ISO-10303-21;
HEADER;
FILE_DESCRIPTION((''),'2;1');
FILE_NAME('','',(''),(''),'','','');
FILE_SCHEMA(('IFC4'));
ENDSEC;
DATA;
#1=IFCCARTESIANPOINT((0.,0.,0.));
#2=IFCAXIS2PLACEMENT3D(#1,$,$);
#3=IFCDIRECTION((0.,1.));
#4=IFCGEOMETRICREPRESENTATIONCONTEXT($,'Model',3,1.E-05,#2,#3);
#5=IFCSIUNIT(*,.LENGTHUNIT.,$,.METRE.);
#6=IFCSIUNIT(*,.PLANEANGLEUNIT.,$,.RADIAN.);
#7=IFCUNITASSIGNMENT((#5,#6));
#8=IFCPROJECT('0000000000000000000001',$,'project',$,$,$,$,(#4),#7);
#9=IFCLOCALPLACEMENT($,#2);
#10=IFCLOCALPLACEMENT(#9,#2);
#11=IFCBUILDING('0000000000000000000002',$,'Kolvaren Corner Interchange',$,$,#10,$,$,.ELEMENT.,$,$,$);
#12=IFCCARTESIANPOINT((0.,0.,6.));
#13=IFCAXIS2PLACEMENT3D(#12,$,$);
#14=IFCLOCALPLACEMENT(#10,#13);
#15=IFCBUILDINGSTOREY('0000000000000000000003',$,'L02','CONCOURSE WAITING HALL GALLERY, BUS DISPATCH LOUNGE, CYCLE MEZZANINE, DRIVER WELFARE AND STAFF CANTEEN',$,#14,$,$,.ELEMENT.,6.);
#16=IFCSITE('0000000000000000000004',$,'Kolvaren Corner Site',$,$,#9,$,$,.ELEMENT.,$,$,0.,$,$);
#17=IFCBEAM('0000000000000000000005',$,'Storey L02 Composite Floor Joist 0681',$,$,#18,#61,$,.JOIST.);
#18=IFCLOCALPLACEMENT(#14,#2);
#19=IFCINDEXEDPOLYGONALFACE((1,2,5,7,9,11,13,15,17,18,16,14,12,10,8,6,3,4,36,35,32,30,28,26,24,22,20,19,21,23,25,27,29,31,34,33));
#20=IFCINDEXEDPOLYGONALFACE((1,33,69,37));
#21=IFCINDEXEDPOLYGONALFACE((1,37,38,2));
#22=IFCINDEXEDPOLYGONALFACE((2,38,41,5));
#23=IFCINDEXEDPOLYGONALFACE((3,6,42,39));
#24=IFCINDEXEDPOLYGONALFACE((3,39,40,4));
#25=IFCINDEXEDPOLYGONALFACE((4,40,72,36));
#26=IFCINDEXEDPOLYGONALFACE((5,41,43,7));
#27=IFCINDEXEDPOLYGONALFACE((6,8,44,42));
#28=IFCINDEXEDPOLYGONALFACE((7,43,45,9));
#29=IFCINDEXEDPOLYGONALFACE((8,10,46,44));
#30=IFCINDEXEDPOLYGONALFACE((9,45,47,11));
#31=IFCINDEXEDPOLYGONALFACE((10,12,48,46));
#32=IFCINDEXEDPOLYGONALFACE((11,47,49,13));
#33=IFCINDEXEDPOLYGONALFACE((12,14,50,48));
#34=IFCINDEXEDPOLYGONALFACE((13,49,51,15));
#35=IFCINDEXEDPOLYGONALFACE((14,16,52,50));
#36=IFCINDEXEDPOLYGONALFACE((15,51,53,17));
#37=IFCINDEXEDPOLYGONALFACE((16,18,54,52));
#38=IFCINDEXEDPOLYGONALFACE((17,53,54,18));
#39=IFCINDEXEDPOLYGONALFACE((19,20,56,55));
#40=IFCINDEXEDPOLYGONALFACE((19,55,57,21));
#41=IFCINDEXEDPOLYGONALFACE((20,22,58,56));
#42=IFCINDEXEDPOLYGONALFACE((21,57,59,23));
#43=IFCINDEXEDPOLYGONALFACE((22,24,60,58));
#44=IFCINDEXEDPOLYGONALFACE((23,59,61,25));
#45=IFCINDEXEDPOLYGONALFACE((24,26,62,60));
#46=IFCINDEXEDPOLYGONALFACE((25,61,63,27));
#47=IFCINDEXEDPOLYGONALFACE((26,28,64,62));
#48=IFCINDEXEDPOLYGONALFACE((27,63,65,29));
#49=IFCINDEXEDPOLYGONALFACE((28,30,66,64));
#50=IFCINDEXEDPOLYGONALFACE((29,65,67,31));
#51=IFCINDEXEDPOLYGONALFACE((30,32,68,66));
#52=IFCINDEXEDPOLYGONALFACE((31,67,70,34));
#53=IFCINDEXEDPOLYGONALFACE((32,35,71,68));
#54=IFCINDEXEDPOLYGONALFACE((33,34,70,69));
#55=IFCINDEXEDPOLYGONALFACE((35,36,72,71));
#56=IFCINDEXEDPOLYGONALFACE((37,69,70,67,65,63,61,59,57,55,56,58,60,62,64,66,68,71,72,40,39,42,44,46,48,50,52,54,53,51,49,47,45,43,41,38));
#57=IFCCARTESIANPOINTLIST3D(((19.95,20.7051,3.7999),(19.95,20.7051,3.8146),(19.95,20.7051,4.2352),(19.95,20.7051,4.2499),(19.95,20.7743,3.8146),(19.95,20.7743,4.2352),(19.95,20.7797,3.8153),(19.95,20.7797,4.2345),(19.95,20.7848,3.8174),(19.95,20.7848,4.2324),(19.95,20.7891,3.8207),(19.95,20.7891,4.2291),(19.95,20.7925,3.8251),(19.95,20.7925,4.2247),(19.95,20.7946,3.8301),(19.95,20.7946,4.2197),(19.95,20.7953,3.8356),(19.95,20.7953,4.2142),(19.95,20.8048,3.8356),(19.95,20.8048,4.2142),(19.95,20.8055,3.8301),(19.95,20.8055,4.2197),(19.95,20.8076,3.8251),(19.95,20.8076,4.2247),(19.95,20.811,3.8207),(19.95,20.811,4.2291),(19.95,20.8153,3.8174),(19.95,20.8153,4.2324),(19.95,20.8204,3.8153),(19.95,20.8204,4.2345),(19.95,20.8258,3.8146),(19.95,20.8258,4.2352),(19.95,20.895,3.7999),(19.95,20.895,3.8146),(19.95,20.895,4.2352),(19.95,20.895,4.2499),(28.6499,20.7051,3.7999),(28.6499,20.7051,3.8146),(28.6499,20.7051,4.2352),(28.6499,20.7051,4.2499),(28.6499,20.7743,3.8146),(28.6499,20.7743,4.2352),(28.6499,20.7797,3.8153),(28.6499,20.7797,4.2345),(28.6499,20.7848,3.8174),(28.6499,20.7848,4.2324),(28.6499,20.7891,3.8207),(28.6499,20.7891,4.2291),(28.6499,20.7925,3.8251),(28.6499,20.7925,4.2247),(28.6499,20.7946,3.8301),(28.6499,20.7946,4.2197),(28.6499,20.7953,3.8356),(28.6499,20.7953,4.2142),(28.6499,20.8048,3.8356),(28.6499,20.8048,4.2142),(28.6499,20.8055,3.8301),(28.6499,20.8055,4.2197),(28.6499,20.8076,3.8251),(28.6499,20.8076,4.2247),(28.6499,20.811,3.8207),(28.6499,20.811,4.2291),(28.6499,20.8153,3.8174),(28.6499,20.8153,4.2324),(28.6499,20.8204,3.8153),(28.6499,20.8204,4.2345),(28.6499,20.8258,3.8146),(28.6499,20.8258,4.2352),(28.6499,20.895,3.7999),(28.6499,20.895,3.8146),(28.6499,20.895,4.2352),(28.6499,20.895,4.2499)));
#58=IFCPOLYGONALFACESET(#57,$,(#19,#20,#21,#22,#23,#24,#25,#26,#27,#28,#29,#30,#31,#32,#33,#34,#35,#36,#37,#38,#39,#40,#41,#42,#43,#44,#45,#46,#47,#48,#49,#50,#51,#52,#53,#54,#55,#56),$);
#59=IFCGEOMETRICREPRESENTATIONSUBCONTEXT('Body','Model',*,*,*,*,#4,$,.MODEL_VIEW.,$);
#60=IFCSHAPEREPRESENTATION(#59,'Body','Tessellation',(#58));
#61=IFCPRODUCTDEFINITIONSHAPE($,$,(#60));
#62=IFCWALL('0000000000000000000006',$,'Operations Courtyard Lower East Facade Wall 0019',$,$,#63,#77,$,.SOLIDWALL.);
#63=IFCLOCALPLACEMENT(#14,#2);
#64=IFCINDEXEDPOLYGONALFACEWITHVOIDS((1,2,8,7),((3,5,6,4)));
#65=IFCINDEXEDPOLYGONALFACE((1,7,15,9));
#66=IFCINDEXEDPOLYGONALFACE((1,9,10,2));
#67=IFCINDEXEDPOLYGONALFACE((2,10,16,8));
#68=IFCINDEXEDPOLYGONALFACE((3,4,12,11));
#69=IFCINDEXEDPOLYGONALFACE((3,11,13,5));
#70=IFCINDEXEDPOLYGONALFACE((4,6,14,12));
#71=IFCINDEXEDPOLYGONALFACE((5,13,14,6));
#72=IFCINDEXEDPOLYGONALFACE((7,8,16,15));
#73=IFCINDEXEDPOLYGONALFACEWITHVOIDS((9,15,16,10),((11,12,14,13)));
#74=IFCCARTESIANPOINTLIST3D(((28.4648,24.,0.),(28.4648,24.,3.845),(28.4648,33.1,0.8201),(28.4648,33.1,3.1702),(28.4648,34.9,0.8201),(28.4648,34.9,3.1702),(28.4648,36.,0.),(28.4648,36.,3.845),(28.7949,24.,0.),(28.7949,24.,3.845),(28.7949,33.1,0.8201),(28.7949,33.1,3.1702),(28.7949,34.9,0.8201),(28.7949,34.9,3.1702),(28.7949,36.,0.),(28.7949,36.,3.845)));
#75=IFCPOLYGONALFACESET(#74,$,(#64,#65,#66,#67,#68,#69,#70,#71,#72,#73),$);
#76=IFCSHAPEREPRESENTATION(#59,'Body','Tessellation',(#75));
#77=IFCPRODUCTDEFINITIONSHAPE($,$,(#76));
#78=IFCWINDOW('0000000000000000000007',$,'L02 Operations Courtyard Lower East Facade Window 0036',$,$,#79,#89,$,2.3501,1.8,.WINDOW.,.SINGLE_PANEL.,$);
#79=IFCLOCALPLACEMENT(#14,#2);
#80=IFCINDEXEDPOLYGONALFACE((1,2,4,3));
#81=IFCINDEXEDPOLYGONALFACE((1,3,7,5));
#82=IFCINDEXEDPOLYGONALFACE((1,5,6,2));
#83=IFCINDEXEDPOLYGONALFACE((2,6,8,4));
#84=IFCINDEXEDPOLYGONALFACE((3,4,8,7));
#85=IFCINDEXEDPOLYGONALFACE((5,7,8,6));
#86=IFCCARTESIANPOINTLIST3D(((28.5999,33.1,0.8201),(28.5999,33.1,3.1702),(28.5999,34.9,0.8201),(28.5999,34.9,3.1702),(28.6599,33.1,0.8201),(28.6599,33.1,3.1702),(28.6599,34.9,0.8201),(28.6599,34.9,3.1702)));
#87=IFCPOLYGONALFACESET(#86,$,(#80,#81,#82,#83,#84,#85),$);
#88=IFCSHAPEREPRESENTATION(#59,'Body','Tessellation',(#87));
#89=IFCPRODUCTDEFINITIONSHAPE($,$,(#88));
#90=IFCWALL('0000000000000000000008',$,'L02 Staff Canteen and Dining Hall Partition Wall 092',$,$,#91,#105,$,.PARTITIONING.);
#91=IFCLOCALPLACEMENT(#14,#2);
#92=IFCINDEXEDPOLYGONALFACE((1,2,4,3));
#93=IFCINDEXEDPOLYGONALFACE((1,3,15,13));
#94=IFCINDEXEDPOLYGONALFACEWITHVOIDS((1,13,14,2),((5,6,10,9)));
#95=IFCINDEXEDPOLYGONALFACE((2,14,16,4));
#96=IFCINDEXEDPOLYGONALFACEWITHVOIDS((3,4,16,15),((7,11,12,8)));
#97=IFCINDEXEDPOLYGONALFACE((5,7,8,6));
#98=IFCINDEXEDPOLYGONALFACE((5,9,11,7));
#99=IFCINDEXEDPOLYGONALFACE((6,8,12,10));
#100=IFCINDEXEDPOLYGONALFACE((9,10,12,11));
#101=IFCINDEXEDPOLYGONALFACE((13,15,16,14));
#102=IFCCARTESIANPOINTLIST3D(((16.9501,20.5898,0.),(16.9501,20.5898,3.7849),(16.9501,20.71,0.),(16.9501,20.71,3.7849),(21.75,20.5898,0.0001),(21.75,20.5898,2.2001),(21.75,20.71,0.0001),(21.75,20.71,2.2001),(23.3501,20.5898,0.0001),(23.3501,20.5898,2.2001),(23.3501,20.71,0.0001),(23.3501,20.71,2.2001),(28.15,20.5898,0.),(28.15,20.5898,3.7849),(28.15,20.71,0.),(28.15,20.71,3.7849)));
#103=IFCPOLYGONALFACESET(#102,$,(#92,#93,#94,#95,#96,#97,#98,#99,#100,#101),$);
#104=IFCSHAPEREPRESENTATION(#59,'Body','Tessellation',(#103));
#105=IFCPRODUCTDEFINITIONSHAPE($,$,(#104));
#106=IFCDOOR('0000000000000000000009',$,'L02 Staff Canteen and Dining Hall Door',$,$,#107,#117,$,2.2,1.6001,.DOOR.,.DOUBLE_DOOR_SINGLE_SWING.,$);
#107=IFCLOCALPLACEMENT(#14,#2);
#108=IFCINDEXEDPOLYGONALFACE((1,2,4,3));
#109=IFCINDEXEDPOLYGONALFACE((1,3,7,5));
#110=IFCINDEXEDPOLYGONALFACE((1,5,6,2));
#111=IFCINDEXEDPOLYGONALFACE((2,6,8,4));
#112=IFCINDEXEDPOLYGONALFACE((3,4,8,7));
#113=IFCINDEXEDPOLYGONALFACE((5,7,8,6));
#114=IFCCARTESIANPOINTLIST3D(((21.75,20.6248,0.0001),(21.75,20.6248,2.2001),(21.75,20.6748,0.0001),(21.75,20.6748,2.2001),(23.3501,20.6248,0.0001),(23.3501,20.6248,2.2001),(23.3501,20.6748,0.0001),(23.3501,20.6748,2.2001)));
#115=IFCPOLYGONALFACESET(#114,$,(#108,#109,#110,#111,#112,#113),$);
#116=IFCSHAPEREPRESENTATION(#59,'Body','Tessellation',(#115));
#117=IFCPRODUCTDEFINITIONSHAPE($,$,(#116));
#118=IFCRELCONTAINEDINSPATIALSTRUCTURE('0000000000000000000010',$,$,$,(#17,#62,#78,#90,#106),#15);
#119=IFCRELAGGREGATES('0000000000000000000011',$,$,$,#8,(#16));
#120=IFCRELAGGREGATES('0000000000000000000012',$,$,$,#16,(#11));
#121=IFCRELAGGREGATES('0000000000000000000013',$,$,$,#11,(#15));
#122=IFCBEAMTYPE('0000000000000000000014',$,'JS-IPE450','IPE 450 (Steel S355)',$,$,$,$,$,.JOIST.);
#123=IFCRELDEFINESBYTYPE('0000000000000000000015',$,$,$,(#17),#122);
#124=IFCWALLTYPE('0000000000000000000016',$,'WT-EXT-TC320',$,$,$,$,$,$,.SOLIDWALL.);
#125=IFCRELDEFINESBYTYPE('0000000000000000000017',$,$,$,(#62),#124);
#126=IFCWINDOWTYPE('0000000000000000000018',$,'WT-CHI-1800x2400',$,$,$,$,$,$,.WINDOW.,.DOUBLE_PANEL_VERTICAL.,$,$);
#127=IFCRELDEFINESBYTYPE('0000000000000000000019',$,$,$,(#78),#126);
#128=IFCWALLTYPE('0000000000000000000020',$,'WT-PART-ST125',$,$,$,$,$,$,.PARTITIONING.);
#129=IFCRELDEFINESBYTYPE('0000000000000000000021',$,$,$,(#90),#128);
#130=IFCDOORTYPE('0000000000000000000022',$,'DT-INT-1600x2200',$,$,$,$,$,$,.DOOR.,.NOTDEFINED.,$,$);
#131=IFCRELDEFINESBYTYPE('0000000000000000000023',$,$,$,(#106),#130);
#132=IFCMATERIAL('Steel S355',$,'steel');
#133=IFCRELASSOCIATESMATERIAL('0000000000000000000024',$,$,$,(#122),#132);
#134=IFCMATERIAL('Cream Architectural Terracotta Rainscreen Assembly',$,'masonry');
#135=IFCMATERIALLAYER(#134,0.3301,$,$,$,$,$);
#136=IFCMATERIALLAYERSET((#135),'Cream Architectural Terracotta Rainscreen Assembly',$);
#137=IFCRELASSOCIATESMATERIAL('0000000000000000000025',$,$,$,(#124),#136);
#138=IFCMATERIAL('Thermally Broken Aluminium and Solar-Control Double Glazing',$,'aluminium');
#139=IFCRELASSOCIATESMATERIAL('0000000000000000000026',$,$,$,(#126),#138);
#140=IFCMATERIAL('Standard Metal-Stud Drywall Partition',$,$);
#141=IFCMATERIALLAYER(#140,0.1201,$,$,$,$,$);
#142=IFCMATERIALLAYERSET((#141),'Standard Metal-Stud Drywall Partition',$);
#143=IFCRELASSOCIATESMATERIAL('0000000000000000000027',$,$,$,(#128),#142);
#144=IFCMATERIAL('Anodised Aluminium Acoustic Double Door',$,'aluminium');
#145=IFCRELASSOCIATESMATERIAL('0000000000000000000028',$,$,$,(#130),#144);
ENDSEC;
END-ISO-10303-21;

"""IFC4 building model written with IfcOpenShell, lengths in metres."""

from ifc_helpers import new_model, si_unit, direction, frame, frame_2d, origin, origin_2d, place, context, subcontext, project, spatial, rectangle, i_section, extrude, material, layer, layer_set, material_profile, profile_set, type_object, element, fill, save


model = new_model("IFC4")

# Units and contexts
model_context = context("Model", 3, precision=1e-05, world=origin(), true_north=direction((0.0, 1.0)))
body_context = subcontext(model_context, "Body", "Model", "MODEL_VIEW")
ifc_project = project(units=[si_unit("LENGTHUNIT", "METRE"), si_unit("PLANEANGLEUNIT", "RADIAN")], contexts=[model_context])

# Site, building, storey
site_placement = place(None, origin())
site = spatial("IfcSite", under=ifc_project, at=site_placement, Name="Kolvaren Corner Site", CompositionType="ELEMENT", RefElevation=0.0)
building_placement = place(site_placement, origin())
building = spatial("IfcBuilding", under=site, at=building_placement, Name="Kolvaren Corner Interchange", CompositionType="ELEMENT")
storey_placement = place(building_placement, frame((0.0, 0.0, 6.0)))
storey = spatial("IfcBuildingStorey", under=building, at=storey_placement, Name="L02", Description="CONCOURSE WAITING HALL GALLERY, BUS DISPATCH LOUNGE, CYCLE MEZZANINE, DRIVER WELFARE AND STAFF CANTEEN", CompositionType="ELEMENT", Elevation=6.0)

# Beam
ifc_material_1 = material(Name="Steel S355", Category="steel")
ifc_material_profile_1 = material_profile(ifc_material_1, i_section(OverallWidth=0.1899, OverallDepth=0.45, WebThickness=0.0095, FlangeThickness=0.0146, FilletRadius=0.021, at=origin_2d()), Name="IPE 450")
ifc_profile_set_1 = profile_set([ifc_material_profile_1], Name="Steel S355")
beam_type_1 = type_object("IfcBeamType", Name="JS-IPE450", Description="IPE 450 (Steel S355)", PredefinedType="JOIST", material=ifc_profile_set_1)
beam_1_placement = place(storey_placement, frame((19.95, 20.8, 4.0249), z_axis=(1.0, 0.0, 0.0), x_axis=(0.0, 1.0, 0.0)))
element("IfcBeam", 1, at=beam_1_placement, inside=storey, type_object=beam_type_1, Name="Storey L02 Composite Floor Joist 0681", PredefinedType="JOIST", context=body_context, shape_type="SweptSolid", body=[
    extrude(i_section(OverallWidth=0.1899, OverallDepth=0.45, WebThickness=0.0095, FlangeThickness=0.0146, FilletRadius=0.021, at=origin_2d()), origin(), (0.0, 0.0, 1.0), 8.7),
])

# Wall, opening, window
ifc_material_2 = material(Name="Cream Architectural Terracotta Rainscreen Assembly", Category="masonry")
ifc_layer_1 = layer(ifc_material_2, 0.3301)
ifc_layer_set_1 = layer_set([ifc_layer_1], Name="Cream Architectural Terracotta Rainscreen Assembly")
wall_type_1 = type_object("IfcWallType", Name="WT-EXT-TC320", PredefinedType="SOLIDWALL", material=ifc_layer_set_1)
wall_1_placement = place(storey_placement, frame((28.6299, 24.0, 0.0), z_axis=(0.0, 0.0, 1.0), x_axis=(0.0, 1.0, 0.0)))
wall_1 = element("IfcWall", 2, at=wall_1_placement, inside=storey, type_object=wall_type_1, Name="Operations Courtyard Lower East Facade Wall 0019", PredefinedType="SOLIDWALL", context=body_context, shape_type="SweptSolid", body=[
    extrude(rectangle(XDim=12.0, YDim=0.3301, at=frame_2d((6.0, 0.0))), origin(), (0.0, 0.0, 1.0), 3.845),
])
opening_1_placement = place(wall_1_placement, frame((9.1001, 0.0, 0.8201)))
opening_1 = element("IfcOpeningElement", 3, at=opening_1_placement, cuts=wall_1, PredefinedType="OPENING", context=body_context, shape_type="SweptSolid", body=[
    extrude(rectangle(XDim=1.8, YDim=2.3501, at=frame_2d((0.8999, 1.175))), frame((0.0, 0.175, 0.0), z_axis=(0.0, -1.0, 0.0), x_axis=(1.0, 0.0, 0.0)), (0.0, 0.0, 1.0), 0.3501),
])
ifc_material_3 = material(Name="Thermally Broken Aluminium and Solar-Control Double Glazing", Category="aluminium")
window_type = type_object("IfcWindowType", Name="WT-CHI-1800x2400", PartitioningType="DOUBLE_PANEL_VERTICAL", PredefinedType="WINDOW", material=ifc_material_3)
window_placement = place(opening_1_placement, origin())
window = element("IfcWindow", 4, at=window_placement, inside=storey, type_object=window_type, Name="L02 Operations Courtyard Lower East Facade Window 0036", OverallHeight=2.3501, OverallWidth=1.8, PartitioningType="SINGLE_PANEL", PredefinedType="WINDOW", context=body_context, shape_type="SweptSolid", body=[
    extrude(rectangle(XDim=1.8, YDim=2.3501, at=frame_2d((0.8999, 1.175))), frame((0.0, 0.03, 0.0), z_axis=(0.0, -1.0, 0.0), x_axis=(1.0, 0.0, 0.0)), (0.0, 0.0, 1.0), 0.0601),
])
fill(opening_1, window)

# Wall, opening, door
ifc_material_4 = material(Name="Standard Metal-Stud Drywall Partition")
ifc_layer_2 = layer(ifc_material_4, 0.1201)
ifc_layer_set_2 = layer_set([ifc_layer_2], Name="Standard Metal-Stud Drywall Partition")
wall_type_2 = type_object("IfcWallType", Name="WT-PART-ST125", PredefinedType="PARTITIONING", material=ifc_layer_set_2)
wall_2_placement = place(storey_placement, frame((16.95, 20.6499, 0.0), z_axis=(0.0, 0.0, 1.0), x_axis=(1.0, 0.0, 0.0)))
wall_2 = element("IfcWall", 5, at=wall_2_placement, inside=storey, type_object=wall_type_2, Name="L02 Staff Canteen and Dining Hall Partition Wall 092", PredefinedType="PARTITIONING", context=body_context, shape_type="SweptSolid", body=[
    extrude(rectangle(XDim=11.2, YDim=0.1201, at=frame_2d((5.6001, 0.0))), origin(), (0.0, 0.0, 1.0), 3.7849),
])
opening_2_placement = place(wall_2_placement, frame((4.8, 0.0, 0.0)))
opening_2 = element("IfcOpeningElement", 6, at=opening_2_placement, cuts=wall_2, PredefinedType="OPENING", context=body_context, shape_type="SweptSolid", body=[
    extrude(rectangle(XDim=1.6001, YDim=2.2, at=frame_2d((0.8, 1.1001))), frame((0.0, 0.0701, 0.0), z_axis=(0.0, -1.0, 0.0), x_axis=(1.0, 0.0, 0.0)), (0.0, 0.0, 1.0), 0.1401),
])
ifc_material_5 = material(Name="Anodised Aluminium Acoustic Double Door", Category="aluminium")
door_type = type_object("IfcDoorType", Name="DT-INT-1600x2200", OperationType="NOTDEFINED", PredefinedType="DOOR", material=ifc_material_5)
door_placement = place(opening_2_placement, origin())
door = element("IfcDoor", 7, at=door_placement, inside=storey, type_object=door_type, Name="L02 Staff Canteen and Dining Hall Door", OperationType="DOUBLE_DOOR_SINGLE_SWING", OverallHeight=2.2, OverallWidth=1.6001, PredefinedType="DOOR", context=body_context, shape_type="SweptSolid", body=[
    extrude(rectangle(XDim=1.6001, YDim=2.2, at=frame_2d((0.8, 1.1001))), frame((0.0, 0.0249, 0.0), z_axis=(0.0, -1.0, 0.0), x_axis=(1.0, 0.0, 0.0)), (0.0, 0.0, 1.0), 0.05),
])
fill(opening_2, door)

save(model, "model.ifc")
